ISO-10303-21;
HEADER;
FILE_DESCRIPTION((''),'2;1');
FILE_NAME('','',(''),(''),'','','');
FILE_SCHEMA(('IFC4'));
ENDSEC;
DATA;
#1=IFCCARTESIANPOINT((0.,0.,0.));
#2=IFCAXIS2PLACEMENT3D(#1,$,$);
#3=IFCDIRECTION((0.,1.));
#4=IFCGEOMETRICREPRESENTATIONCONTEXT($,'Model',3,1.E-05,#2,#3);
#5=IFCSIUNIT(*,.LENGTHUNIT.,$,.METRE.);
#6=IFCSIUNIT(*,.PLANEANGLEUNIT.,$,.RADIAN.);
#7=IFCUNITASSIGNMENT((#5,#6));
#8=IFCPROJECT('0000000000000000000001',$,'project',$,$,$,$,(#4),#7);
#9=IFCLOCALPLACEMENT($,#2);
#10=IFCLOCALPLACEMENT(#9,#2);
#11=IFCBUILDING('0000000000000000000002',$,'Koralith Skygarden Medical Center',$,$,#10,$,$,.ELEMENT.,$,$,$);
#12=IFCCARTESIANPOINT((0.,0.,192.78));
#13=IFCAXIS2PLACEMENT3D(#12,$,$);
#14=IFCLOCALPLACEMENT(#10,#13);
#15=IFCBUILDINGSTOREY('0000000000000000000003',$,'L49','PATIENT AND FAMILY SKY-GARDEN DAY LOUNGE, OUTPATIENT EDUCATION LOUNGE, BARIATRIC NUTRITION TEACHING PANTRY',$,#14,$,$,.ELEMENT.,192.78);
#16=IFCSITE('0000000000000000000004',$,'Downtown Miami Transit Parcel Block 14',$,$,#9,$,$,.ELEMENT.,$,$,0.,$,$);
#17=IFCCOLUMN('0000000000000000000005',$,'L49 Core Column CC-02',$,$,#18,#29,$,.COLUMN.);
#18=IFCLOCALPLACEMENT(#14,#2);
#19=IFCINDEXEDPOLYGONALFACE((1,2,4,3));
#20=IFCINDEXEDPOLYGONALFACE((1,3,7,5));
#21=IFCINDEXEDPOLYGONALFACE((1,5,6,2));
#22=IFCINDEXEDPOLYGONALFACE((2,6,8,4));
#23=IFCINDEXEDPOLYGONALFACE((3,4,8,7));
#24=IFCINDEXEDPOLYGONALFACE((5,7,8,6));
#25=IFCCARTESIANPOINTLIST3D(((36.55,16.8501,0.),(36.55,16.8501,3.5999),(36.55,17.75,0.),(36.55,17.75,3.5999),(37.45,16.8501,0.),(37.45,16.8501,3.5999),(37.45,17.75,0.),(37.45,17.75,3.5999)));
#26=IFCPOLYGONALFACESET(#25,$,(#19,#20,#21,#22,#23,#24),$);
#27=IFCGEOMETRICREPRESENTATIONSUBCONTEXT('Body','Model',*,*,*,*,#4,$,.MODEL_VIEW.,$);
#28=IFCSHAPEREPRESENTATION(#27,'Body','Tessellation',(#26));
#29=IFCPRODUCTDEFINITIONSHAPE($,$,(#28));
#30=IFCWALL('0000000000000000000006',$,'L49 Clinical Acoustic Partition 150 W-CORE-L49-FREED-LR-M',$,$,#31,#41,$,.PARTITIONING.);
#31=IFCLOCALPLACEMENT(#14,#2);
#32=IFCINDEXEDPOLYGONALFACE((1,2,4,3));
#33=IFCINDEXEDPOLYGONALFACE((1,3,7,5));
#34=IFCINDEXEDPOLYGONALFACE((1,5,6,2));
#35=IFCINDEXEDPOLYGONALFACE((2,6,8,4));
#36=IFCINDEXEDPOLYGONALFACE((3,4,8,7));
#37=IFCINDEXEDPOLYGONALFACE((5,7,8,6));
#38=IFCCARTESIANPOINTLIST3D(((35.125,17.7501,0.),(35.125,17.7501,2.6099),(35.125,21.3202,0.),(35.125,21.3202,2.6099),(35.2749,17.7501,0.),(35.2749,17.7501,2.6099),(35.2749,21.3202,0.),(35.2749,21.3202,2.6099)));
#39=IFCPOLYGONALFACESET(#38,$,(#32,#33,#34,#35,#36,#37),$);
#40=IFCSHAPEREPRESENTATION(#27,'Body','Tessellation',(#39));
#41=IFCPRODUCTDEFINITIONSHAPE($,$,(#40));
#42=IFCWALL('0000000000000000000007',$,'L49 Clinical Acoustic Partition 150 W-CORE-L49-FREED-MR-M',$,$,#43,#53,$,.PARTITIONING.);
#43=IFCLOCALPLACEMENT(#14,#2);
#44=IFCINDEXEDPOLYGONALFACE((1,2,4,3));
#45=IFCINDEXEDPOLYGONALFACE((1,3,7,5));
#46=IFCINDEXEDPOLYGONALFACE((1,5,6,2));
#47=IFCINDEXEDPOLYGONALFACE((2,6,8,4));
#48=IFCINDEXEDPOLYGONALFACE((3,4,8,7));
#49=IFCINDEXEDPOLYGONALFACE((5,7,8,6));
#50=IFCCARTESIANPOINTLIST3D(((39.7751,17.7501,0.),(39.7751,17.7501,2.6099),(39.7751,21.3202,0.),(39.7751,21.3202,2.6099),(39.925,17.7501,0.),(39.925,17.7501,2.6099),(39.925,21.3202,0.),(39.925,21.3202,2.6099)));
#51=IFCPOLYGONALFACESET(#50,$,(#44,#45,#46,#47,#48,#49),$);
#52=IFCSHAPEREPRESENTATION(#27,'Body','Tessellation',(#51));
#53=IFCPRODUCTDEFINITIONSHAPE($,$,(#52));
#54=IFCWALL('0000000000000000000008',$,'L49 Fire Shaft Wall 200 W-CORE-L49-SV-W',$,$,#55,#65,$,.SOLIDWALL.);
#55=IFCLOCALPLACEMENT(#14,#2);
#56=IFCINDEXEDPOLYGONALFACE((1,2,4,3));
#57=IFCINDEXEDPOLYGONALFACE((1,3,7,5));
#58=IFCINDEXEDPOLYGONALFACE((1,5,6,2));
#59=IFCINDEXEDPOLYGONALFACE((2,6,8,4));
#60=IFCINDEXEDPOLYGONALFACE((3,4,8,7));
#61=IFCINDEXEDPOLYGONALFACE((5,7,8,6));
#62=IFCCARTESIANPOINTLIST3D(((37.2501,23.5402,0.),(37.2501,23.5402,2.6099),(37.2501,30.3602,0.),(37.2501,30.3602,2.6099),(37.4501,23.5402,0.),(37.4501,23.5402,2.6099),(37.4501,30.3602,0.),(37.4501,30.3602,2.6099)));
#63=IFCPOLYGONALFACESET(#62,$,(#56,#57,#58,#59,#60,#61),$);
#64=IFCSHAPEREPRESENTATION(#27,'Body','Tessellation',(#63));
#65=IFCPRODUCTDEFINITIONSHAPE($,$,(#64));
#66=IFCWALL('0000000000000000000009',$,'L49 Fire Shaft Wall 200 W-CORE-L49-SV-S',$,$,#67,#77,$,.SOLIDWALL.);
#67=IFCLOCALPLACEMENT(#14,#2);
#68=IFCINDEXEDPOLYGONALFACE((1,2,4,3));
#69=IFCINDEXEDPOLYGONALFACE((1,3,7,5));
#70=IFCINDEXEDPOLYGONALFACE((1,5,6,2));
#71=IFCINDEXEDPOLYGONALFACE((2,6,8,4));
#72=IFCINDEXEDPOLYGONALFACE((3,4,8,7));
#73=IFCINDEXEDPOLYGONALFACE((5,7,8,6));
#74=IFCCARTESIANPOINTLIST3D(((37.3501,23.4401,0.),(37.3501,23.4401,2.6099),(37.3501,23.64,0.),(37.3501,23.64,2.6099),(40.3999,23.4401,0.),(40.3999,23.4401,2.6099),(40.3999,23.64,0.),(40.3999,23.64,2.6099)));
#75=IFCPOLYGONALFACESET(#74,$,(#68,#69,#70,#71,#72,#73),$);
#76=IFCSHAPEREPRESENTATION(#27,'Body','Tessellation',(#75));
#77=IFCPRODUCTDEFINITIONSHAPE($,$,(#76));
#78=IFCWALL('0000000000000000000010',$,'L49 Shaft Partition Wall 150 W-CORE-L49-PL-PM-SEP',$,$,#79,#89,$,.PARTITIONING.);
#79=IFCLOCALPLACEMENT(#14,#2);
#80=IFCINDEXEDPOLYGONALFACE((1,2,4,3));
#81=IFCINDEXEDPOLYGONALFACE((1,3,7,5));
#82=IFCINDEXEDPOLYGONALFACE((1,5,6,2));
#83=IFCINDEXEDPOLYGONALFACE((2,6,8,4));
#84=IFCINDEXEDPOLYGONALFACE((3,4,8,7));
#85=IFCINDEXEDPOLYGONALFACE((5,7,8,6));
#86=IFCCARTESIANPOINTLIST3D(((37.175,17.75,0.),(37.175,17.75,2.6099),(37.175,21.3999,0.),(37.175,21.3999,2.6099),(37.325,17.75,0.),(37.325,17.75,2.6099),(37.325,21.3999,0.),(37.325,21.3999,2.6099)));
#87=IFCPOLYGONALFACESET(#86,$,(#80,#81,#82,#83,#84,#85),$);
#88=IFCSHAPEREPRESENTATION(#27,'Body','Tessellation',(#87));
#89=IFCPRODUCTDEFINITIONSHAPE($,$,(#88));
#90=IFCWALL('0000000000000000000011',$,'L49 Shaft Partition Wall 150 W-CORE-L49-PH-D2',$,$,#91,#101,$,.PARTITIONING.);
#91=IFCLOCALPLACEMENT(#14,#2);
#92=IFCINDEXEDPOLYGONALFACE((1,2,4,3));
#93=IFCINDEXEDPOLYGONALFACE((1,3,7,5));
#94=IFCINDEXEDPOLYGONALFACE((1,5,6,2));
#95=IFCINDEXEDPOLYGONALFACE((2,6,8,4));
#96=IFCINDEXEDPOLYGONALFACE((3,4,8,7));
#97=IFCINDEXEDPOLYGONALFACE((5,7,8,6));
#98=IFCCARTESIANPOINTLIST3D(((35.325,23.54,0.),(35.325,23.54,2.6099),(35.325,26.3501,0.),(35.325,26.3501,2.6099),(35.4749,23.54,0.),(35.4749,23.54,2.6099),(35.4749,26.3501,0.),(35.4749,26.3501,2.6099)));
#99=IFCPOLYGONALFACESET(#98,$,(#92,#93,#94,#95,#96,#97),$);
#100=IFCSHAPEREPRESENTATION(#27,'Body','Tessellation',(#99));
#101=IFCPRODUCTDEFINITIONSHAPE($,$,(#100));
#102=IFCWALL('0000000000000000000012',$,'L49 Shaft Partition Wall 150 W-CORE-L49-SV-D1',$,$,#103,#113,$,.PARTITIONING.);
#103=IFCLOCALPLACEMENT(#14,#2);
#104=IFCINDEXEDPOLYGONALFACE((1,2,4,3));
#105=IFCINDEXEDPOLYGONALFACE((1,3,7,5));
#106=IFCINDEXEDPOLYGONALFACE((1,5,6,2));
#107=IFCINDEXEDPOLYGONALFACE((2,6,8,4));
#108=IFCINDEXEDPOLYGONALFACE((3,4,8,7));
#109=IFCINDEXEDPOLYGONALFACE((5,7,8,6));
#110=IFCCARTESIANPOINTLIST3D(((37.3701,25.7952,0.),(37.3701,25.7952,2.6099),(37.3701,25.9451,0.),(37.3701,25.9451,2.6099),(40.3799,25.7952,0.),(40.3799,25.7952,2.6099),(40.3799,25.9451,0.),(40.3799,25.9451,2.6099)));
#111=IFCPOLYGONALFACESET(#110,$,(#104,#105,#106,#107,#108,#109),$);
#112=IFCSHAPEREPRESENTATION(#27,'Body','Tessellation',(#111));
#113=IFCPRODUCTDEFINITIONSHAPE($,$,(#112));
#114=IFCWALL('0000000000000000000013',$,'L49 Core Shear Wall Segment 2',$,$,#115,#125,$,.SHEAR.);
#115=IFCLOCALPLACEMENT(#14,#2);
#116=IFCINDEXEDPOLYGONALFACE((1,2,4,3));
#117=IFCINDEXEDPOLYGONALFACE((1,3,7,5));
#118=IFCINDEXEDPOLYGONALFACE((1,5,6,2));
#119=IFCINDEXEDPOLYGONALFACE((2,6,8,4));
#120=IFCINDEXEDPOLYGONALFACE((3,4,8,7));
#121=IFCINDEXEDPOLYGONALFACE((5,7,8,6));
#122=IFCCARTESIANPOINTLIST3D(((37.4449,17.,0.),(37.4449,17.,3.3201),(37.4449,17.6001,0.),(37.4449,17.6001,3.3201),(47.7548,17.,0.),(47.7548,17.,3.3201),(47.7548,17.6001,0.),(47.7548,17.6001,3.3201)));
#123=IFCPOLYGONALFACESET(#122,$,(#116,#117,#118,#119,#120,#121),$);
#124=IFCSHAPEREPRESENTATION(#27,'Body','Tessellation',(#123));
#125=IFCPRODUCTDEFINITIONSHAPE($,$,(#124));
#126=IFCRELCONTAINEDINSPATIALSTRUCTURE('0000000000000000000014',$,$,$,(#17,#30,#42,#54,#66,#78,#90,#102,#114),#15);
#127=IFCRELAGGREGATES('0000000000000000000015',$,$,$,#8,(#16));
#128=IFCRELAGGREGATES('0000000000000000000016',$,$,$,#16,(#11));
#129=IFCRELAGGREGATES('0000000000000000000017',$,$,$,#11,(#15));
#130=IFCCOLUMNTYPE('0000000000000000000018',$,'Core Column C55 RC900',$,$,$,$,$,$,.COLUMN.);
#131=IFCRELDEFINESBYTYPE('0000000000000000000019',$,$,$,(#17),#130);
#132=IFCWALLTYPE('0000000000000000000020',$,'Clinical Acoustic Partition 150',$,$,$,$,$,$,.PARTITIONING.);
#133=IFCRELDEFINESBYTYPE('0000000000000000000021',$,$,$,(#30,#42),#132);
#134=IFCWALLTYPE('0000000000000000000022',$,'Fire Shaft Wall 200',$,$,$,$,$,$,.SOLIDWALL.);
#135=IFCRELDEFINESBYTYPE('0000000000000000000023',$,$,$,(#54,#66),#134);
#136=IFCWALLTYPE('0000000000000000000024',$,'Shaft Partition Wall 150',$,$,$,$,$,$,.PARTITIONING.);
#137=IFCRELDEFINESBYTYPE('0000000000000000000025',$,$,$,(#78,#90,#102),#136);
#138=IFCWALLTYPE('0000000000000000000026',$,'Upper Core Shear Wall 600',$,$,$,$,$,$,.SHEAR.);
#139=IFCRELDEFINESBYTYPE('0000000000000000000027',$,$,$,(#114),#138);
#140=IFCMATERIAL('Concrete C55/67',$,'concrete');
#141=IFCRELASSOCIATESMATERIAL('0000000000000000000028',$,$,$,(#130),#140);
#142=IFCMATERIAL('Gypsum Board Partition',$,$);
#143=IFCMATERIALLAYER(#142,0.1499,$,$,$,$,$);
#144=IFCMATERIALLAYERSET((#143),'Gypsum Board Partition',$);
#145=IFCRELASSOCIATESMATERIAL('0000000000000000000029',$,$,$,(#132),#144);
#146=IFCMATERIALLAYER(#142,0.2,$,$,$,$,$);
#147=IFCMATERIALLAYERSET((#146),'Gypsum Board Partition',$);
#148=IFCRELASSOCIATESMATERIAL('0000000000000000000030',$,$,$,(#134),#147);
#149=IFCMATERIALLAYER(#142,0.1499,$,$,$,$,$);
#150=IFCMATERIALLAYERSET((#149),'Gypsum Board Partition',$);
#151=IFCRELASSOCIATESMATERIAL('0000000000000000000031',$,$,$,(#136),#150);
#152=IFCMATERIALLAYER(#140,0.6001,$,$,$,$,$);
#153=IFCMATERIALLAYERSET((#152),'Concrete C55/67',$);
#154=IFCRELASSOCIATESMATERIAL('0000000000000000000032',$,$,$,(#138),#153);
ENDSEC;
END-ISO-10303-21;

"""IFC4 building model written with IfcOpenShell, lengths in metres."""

from ifc_helpers import new_model, si_unit, direction, frame, frame_2d, origin, origin_2d, place, context, subcontext, project, spatial, rectangle, extrude, material, layer, layer_set, material_profile, profile_set, type_object, element, save


model = new_model("IFC4")

# Units and contexts
model_context = context("Model", 3, precision=1e-05, world=origin(), true_north=direction((0.0, 1.0)))
body_context = subcontext(model_context, "Body", "Model", "MODEL_VIEW")
ifc_project = project(units=[si_unit("LENGTHUNIT", "METRE"), si_unit("PLANEANGLEUNIT", "RADIAN")], contexts=[model_context])

# Site, building, storey
site_placement = place(None, origin())
site = spatial("IfcSite", under=ifc_project, at=site_placement, Name="Downtown Miami Transit Parcel Block 14", CompositionType="ELEMENT", RefElevation=0.0)
building_placement = place(site_placement, origin())
building = spatial("IfcBuilding", under=site, at=building_placement, Name="Koralith Skygarden Medical Center", CompositionType="ELEMENT")
storey_placement = place(building_placement, frame((0.0, 0.0, 192.78)))
storey = spatial("IfcBuildingStorey", under=building, at=storey_placement, Name="L49", Description="PATIENT AND FAMILY SKY-GARDEN DAY LOUNGE, OUTPATIENT EDUCATION LOUNGE, BARIATRIC NUTRITION TEACHING PANTRY", CompositionType="ELEMENT", Elevation=192.78)

# Column
ifc_material_1 = material(Name="Concrete C55/67", Category="concrete")
ifc_material_profile = material_profile(ifc_material_1, rectangle(XDim=0.8999, YDim=0.8999, at=origin_2d()), Name="RC900X900")
ifc_profile_set = profile_set([ifc_material_profile], Name="Concrete C55/67")
column_type = type_object("IfcColumnType", Name="Core Column C55 RC900", PredefinedType="COLUMN", material=ifc_profile_set)
column_placement = place(storey_placement, frame((37.0, 17.3, 0.0), z_axis=(0.0, 0.0, 1.0), x_axis=(1.0, 0.0, 0.0)))
element("IfcColumn", 1, at=column_placement, inside=storey, type_object=column_type, Name="L49 Core Column CC-02", PredefinedType="COLUMN", context=body_context, shape_type="SweptSolid", body=[
    extrude(rectangle(XDim=0.8999, YDim=0.8999, at=origin_2d()), origin(), (0.0, 0.0, 1.0), 3.5999),
])

# Wall
ifc_material_2 = material(Name="Gypsum Board Partition")
ifc_layer_1 = layer(ifc_material_2, 0.1499)
ifc_layer_set_1 = layer_set([ifc_layer_1], Name="Gypsum Board Partition")
wall_type_1 = type_object("IfcWallType", Name="Clinical Acoustic Partition 150", PredefinedType="PARTITIONING", material=ifc_layer_set_1)
wall_1_placement = place(storey_placement, frame((35.2, 17.75, 0.0), z_axis=(0.0, 0.0, 1.0), x_axis=(0.0, 1.0, 0.0)))
element("IfcWall", 2, at=wall_1_placement, inside=storey, type_object=wall_type_1, Name="L49 Clinical Acoustic Partition 150 W-CORE-L49-FREED-LR-M", PredefinedType="PARTITIONING", context=body_context, shape_type="SweptSolid", body=[
    extrude(rectangle(XDim=3.5701, YDim=0.1499, at=frame_2d((1.7852, 0.0))), origin(), (0.0, 0.0, 1.0), 2.6099),
])

# Walls
wall_2_placement = place(storey_placement, frame((39.8501, 17.75, 0.0), z_axis=(0.0, 0.0, 1.0), x_axis=(0.0, 1.0, 0.0)))
element("IfcWall", 3, at=wall_2_placement, inside=storey, type_object=wall_type_1, Name="L49 Clinical Acoustic Partition 150 W-CORE-L49-FREED-MR-M", PredefinedType="PARTITIONING", context=body_context, shape_type="SweptSolid", body=[
    extrude(rectangle(XDim=3.5701, YDim=0.1499, at=frame_2d((1.7852, 0.0))), origin(), (0.0, 0.0, 1.0), 2.6099),
])
ifc_layer_2 = layer(ifc_material_2, 0.2)
ifc_layer_set_2 = layer_set([ifc_layer_2], Name="Gypsum Board Partition")
wall_type_2 = type_object("IfcWallType", Name="Fire Shaft Wall 200", PredefinedType="SOLIDWALL", material=ifc_layer_set_2)
wall_3_placement = place(storey_placement, frame((37.3501, 23.54, 0.0), z_axis=(0.0, 0.0, 1.0), x_axis=(0.0, 1.0, 0.0)))
element("IfcWall", 4, at=wall_3_placement, inside=storey, type_object=wall_type_2, Name="L49 Fire Shaft Wall 200 W-CORE-L49-SV-W", PredefinedType="SOLIDWALL", context=body_context, shape_type="SweptSolid", body=[
    extrude(rectangle(XDim=6.8201, YDim=0.2, at=frame_2d((3.4102, 0.0))), origin(), (0.0, 0.0, 1.0), 2.6099),
])
wall_4_placement = place(storey_placement, frame((37.3501, 23.54, 0.0), z_axis=(0.0, 0.0, 1.0), x_axis=(1.0, 0.0, 0.0)))
element("IfcWall", 5, at=wall_4_placement, inside=storey, type_object=wall_type_2, Name="L49 Fire Shaft Wall 200 W-CORE-L49-SV-S", PredefinedType="SOLIDWALL", context=body_context, shape_type="SweptSolid", body=[
    extrude(rectangle(XDim=3.0498, YDim=0.2, at=frame_2d((1.5249, 0.0))), origin(), (0.0, 0.0, 1.0), 2.6099),
])
ifc_layer_3 = layer(ifc_material_2, 0.1499)
ifc_layer_set_3 = layer_set([ifc_layer_3], Name="Gypsum Board Partition")
wall_type_3 = type_object("IfcWallType", Name="Shaft Partition Wall 150", PredefinedType="PARTITIONING", material=ifc_layer_set_3)
wall_5_placement = place(storey_placement, frame((37.25, 17.75, 0.0), z_axis=(0.0, 0.0, 1.0), x_axis=(0.0, 1.0, 0.0)))
element("IfcWall", 6, at=wall_5_placement, inside=storey, type_object=wall_type_3, Name="L49 Shaft Partition Wall 150 W-CORE-L49-PL-PM-SEP", PredefinedType="PARTITIONING", context=body_context, shape_type="SweptSolid", body=[
    extrude(rectangle(XDim=3.6499, YDim=0.1499, at=frame_2d((1.825, 0.0))), origin(), (0.0, 0.0, 1.0), 2.6099),
])
wall_6_placement = place(storey_placement, frame((35.3999, 23.54, 0.0), z_axis=(0.0, 0.0, 1.0), x_axis=(0.0, 1.0, 0.0)))
element("IfcWall", 7, at=wall_6_placement, inside=storey, type_object=wall_type_3, Name="L49 Shaft Partition Wall 150 W-CORE-L49-PH-D2", PredefinedType="PARTITIONING", context=body_context, shape_type="SweptSolid", body=[
    extrude(rectangle(XDim=2.8101, YDim=0.1499, at=frame_2d((1.405, 0.0))), origin(), (0.0, 0.0, 1.0), 2.6099),
])
wall_7_placement = place(storey_placement, frame((37.3701, 25.8701, 0.0), z_axis=(0.0, 0.0, 1.0), x_axis=(1.0, 0.0, 0.0)))
element("IfcWall", 8, at=wall_7_placement, inside=storey, type_object=wall_type_3, Name="L49 Shaft Partition Wall 150 W-CORE-L49-SV-D1", PredefinedType="PARTITIONING", context=body_context, shape_type="SweptSolid", body=[
    extrude(rectangle(XDim=3.0098, YDim=0.1499, at=frame_2d((1.5049, 0.0))), origin(), (0.0, 0.0, 1.0), 2.6099),
])
ifc_layer_4 = layer(ifc_material_1, 0.6001)
ifc_layer_set_4 = layer_set([ifc_layer_4], Name="Concrete C55/67")
wall_type_4 = type_object("IfcWallType", Name="Upper Core Shear Wall 600", PredefinedType="SHEAR", material=ifc_layer_set_4)
wall_8_placement = place(storey_placement, frame((37.4451, 17.3, 0.0), z_axis=(0.0, 0.0, 1.0), x_axis=(1.0, 0.0, 0.0)))
element("IfcWall", 9, at=wall_8_placement, inside=storey, type_object=wall_type_4, Name="L49 Core Shear Wall Segment 2", PredefinedType="SHEAR", context=body_context, shape_type="SweptSolid", body=[
    extrude(rectangle(XDim=10.3098, YDim=0.6001, at=frame_2d((5.1548, 0.0))), origin(), (0.0, 0.0, 1.0), 3.3201),
])

save(model, "model.ifc")
